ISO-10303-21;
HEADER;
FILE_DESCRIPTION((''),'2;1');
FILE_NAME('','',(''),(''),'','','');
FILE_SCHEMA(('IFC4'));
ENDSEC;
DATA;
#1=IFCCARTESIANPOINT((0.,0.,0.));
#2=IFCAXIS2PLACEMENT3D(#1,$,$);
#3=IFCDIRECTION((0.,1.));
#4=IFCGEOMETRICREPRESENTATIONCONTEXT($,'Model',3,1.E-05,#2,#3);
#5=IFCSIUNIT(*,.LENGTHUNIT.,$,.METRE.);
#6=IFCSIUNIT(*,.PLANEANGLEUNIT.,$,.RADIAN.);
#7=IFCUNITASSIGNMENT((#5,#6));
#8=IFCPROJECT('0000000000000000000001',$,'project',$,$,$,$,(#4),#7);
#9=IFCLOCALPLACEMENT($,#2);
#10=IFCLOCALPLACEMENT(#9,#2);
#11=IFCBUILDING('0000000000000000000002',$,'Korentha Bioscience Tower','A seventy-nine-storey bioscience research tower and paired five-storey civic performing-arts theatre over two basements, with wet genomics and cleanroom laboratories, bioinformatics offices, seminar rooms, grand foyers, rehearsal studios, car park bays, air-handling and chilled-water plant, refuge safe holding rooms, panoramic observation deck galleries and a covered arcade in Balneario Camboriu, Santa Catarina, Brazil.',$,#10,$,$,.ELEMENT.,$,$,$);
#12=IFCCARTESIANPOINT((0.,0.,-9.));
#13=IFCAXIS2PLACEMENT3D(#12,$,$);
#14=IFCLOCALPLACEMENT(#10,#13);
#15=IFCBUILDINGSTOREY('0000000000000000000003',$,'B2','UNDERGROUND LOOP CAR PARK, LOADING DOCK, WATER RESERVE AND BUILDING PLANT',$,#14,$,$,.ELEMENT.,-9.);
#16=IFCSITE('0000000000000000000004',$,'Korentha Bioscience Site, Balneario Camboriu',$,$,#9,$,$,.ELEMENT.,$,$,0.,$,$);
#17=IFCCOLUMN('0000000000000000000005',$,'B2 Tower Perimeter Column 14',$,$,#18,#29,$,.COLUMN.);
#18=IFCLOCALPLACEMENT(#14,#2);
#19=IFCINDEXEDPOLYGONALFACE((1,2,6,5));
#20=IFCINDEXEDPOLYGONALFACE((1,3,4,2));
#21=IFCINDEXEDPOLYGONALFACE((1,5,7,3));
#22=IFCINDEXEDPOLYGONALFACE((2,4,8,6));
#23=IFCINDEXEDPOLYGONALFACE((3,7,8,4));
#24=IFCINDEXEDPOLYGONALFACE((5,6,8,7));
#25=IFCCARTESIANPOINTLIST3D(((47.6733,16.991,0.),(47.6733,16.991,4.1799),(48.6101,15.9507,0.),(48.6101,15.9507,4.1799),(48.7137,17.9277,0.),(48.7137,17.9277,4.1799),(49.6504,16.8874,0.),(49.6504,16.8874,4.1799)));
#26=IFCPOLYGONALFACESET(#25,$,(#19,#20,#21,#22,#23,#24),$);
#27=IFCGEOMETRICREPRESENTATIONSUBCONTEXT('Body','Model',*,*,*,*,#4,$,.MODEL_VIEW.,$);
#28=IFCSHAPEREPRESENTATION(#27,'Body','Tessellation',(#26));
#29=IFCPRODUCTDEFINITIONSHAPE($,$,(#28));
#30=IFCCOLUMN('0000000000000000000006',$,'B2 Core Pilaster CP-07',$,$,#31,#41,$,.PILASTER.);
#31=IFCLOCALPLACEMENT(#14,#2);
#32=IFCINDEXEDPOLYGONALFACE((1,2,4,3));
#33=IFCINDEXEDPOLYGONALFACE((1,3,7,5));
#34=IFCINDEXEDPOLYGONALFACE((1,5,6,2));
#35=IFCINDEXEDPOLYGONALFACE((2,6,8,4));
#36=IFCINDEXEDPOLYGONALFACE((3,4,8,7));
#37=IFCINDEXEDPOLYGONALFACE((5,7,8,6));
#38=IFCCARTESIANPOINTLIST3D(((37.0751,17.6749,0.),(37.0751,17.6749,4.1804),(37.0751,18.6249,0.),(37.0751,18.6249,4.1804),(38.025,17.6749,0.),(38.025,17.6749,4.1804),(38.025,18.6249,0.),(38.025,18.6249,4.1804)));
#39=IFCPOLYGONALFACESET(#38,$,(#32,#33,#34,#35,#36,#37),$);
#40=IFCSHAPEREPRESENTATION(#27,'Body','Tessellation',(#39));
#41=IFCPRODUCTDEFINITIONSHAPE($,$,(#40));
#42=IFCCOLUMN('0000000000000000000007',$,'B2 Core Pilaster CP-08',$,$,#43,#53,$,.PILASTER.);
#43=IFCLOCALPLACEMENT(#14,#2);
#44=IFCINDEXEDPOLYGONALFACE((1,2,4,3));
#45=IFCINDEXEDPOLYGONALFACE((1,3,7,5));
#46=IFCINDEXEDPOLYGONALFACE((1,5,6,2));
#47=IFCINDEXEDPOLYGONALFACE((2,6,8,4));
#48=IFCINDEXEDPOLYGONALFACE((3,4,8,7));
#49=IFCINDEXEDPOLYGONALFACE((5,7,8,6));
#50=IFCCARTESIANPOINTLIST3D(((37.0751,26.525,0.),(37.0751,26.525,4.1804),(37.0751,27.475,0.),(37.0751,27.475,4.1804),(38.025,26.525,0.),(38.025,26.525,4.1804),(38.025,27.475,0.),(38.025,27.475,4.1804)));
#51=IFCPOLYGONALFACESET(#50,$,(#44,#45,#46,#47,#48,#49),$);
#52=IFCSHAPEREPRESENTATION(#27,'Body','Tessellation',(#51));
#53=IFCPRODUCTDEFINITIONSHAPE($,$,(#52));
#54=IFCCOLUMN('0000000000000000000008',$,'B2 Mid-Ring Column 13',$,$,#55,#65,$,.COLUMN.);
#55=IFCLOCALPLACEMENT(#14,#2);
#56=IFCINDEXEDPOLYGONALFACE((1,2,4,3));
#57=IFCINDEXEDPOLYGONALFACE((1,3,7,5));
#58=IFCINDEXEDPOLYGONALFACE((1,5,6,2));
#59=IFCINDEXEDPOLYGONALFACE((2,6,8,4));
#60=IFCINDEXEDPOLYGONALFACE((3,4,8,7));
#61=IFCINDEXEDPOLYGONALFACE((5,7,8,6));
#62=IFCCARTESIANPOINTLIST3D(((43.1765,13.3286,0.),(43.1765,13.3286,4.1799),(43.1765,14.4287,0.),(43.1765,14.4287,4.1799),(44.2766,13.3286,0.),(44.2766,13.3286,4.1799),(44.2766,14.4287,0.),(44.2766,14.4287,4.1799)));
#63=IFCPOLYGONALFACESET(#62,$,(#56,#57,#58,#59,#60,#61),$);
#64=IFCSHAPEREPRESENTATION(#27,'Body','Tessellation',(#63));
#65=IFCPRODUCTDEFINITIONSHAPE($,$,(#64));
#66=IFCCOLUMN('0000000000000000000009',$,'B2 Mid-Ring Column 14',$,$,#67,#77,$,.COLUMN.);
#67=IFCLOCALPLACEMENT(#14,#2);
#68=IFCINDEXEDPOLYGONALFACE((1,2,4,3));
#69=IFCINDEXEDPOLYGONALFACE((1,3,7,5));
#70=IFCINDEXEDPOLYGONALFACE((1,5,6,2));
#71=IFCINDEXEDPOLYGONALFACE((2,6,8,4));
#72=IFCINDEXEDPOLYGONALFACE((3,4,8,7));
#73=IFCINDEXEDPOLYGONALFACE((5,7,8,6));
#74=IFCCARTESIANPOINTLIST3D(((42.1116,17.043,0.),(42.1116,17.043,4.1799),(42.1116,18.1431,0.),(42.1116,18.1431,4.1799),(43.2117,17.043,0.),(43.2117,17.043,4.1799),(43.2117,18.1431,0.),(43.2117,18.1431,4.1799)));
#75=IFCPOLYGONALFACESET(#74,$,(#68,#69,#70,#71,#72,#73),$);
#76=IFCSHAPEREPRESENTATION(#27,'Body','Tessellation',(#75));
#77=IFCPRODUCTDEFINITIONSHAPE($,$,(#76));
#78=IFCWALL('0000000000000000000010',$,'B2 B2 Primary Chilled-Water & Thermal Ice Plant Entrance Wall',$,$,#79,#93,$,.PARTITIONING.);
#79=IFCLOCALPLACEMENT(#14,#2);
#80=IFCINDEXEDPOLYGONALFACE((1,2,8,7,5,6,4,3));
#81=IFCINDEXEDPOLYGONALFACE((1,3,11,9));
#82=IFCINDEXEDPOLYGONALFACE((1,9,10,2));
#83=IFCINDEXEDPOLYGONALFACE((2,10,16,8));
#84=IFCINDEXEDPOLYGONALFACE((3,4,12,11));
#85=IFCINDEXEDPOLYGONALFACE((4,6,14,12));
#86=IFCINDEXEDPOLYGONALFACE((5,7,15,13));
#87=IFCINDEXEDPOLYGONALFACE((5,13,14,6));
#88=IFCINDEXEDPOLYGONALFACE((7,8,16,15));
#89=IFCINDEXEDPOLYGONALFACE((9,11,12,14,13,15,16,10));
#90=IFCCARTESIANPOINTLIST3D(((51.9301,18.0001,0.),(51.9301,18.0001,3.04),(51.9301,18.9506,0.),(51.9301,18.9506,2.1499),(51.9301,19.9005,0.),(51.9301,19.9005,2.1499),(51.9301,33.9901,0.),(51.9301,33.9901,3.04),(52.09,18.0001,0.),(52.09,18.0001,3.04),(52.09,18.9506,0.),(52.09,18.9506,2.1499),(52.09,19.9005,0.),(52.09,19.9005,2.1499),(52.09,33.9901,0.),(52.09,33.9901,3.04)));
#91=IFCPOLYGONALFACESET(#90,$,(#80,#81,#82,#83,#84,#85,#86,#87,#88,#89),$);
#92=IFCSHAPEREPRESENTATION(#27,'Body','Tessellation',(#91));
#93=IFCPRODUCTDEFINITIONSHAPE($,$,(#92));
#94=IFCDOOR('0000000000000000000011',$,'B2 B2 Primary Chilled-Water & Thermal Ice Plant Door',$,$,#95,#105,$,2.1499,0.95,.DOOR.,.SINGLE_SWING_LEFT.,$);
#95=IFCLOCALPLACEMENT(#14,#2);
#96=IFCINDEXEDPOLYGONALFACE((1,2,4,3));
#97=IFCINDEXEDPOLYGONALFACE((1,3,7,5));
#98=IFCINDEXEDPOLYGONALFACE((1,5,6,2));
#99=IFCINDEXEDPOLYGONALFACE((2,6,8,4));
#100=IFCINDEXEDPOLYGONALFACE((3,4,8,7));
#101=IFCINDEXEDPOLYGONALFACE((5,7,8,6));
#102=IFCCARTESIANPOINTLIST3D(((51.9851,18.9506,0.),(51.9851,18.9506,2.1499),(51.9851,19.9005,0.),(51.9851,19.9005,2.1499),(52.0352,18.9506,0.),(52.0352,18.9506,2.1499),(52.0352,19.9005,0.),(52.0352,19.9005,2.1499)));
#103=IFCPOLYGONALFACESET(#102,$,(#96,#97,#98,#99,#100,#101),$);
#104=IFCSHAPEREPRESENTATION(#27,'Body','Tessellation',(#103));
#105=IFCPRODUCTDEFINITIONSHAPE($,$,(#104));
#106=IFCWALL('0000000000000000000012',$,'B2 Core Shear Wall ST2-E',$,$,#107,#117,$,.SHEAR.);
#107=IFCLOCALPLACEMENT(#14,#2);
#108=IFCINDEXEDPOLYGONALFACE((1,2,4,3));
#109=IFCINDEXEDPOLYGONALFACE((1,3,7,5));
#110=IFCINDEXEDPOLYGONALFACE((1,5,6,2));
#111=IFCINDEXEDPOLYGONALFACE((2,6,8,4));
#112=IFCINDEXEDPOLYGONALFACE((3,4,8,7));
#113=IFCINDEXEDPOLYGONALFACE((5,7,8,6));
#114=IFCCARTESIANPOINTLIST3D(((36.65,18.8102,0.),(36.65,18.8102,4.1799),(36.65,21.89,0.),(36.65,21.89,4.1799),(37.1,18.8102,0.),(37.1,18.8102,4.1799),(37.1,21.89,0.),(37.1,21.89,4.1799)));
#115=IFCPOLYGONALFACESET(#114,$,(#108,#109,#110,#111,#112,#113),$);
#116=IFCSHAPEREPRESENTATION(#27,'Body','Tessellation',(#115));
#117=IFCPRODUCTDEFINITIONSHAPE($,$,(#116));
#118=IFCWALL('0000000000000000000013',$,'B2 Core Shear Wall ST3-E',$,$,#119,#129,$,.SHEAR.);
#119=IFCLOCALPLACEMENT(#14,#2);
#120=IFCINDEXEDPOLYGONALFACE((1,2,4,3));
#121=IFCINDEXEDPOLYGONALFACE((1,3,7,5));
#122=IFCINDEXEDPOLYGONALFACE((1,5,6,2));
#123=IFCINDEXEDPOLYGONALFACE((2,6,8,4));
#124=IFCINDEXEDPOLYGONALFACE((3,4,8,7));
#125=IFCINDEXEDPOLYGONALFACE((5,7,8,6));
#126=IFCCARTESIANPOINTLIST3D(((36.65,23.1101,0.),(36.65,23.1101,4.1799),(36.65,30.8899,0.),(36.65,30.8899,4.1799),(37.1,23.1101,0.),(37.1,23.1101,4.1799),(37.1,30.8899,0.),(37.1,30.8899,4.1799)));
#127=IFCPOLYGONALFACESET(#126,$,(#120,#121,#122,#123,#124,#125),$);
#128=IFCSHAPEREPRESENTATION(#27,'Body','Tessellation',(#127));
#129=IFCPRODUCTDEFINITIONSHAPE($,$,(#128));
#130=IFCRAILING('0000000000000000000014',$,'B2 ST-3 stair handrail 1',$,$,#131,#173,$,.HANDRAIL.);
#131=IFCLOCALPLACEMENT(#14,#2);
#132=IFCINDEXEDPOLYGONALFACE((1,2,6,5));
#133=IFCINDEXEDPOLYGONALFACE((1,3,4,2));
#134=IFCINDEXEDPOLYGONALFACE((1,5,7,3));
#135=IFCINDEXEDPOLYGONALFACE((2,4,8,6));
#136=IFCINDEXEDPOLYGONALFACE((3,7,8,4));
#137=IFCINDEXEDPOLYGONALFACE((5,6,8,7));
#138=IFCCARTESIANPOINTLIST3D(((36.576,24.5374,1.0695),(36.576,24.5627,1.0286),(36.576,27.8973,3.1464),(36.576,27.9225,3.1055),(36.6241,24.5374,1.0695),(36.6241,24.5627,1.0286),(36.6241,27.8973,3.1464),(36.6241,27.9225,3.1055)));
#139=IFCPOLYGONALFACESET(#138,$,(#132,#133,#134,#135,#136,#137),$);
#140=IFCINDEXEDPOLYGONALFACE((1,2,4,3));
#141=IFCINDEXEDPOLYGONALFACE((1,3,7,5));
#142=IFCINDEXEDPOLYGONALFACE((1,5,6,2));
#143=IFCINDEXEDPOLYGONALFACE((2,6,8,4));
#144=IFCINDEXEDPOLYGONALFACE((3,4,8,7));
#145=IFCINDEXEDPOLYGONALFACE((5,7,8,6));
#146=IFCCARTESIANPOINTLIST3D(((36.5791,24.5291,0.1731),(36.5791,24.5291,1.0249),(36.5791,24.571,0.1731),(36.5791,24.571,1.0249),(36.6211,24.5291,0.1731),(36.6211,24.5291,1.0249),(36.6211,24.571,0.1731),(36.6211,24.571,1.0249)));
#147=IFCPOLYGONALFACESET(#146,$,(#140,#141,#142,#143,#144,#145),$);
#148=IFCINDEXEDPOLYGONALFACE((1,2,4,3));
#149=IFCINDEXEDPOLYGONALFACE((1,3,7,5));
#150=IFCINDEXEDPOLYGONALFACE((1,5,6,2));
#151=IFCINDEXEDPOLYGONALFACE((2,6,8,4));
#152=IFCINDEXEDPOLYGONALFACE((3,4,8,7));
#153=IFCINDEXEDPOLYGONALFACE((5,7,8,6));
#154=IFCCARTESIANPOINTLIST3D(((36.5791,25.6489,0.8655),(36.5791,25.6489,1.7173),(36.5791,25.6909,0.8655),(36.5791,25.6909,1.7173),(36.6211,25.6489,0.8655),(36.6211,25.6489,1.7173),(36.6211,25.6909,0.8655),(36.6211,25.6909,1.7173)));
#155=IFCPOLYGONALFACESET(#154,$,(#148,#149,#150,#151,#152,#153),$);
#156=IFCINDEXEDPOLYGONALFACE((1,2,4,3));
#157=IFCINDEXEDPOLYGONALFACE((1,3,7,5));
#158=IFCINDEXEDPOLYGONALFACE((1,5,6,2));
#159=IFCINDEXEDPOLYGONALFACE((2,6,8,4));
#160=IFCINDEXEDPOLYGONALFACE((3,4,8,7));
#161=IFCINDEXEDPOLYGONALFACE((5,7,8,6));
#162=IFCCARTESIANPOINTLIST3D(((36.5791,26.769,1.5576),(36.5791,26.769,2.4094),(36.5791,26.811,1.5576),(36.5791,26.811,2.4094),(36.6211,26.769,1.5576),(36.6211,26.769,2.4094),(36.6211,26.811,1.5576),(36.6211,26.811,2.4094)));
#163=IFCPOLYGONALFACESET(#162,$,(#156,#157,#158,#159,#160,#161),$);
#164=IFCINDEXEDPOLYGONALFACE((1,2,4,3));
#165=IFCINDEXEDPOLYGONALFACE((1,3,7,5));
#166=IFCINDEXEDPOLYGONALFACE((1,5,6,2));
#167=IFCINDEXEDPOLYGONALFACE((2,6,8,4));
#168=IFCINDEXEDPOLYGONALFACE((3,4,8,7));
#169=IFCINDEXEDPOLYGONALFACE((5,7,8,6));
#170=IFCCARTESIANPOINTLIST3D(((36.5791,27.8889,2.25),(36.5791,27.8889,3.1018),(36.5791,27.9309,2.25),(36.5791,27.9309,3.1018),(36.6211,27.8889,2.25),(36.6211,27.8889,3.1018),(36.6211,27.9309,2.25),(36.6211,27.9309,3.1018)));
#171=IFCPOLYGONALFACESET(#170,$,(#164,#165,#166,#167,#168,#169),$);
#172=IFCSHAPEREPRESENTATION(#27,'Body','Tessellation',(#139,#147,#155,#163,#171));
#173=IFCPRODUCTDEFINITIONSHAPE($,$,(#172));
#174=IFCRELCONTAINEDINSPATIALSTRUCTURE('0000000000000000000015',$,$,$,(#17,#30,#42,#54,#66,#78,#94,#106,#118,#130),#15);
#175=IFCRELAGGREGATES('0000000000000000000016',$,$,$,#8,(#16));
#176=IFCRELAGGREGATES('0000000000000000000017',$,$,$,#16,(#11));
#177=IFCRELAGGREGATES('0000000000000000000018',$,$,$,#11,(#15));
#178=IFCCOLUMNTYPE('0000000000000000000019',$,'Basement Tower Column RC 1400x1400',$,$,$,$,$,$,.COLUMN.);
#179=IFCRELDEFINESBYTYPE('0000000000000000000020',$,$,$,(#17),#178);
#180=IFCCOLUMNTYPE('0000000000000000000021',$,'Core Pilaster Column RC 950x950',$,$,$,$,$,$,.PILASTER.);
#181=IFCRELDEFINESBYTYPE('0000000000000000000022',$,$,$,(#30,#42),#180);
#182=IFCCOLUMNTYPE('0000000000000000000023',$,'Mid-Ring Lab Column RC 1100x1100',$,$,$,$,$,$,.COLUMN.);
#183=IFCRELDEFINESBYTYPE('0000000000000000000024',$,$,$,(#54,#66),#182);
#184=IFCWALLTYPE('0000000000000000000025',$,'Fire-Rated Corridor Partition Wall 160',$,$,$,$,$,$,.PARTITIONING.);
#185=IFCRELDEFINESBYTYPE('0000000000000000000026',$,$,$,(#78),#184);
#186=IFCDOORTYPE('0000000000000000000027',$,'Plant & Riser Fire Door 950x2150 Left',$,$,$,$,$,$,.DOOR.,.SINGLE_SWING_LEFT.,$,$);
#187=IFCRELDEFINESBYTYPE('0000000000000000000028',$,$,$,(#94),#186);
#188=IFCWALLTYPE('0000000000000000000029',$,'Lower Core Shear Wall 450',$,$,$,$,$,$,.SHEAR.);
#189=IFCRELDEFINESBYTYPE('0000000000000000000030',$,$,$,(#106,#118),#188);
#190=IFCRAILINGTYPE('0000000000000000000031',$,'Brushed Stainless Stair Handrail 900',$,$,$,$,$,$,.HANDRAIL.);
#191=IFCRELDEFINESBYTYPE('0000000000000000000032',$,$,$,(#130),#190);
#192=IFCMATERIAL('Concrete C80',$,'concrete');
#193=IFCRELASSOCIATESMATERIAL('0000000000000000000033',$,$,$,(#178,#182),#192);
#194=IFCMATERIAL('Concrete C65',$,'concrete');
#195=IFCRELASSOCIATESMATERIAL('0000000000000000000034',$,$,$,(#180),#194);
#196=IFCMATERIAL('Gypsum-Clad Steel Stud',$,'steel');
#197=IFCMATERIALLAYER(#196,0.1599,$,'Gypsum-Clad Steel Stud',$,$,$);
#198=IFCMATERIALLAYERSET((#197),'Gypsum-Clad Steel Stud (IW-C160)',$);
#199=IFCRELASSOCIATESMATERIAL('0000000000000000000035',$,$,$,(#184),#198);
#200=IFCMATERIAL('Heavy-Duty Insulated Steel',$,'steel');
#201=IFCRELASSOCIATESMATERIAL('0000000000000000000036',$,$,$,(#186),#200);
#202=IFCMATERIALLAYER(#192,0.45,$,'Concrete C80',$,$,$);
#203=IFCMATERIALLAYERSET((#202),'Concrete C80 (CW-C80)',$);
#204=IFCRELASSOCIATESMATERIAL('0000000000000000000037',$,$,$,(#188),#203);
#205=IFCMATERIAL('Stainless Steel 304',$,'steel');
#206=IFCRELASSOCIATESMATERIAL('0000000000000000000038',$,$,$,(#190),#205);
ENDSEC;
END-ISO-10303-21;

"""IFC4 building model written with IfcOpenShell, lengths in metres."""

from ifc_helpers import new_model, si_unit, direction, frame, frame_2d, origin, origin_2d, place, context, subcontext, project, spatial, rectangle, extrude, material, layer, layer_set, material_profile, profile_set, type_object, element, fill, save


model = new_model("IFC4")

# Units and contexts
model_context = context("Model", 3, precision=1e-05, world=origin(), true_north=direction((0.0, 1.0)))
body_context = subcontext(model_context, "Body", "Model", "MODEL_VIEW")
ifc_project = project(units=[si_unit("LENGTHUNIT", "METRE"), si_unit("PLANEANGLEUNIT", "RADIAN")], contexts=[model_context])

# Site, building, storey
site_placement = place(None, origin())
site = spatial("IfcSite", under=ifc_project, at=site_placement, Name="Korentha Bioscience Site, Balneario Camboriu", CompositionType="ELEMENT", RefElevation=0.0)
building_placement = place(site_placement, origin())
building = spatial("IfcBuilding", under=site, at=building_placement, Name="Korentha Bioscience Tower", Description="A seventy-nine-storey bioscience research tower and paired five-storey civic performing-arts theatre over two basements, with wet genomics and cleanroom laboratories, bioinformatics offices, seminar rooms, grand foyers, rehearsal studios, car park bays, air-handling and chilled-water plant, refuge safe holding rooms, panoramic observation deck galleries and a covered arcade in Balneario Camboriu, Santa Catarina, Brazil.", CompositionType="ELEMENT")
storey_placement = place(building_placement, frame((0.0, 0.0, -9.0)))
storey = spatial("IfcBuildingStorey", under=building, at=storey_placement, Name="B2", Description="UNDERGROUND LOOP CAR PARK, LOADING DOCK, WATER RESERVE AND BUILDING PLANT", CompositionType="ELEMENT", Elevation=-9.0)

# Columns
ifc_material_1 = material(Name="Concrete C65", Category="concrete")
ifc_material_2 = material(Name="Concrete C80", Category="concrete")
ifc_material_profile_1 = material_profile(ifc_material_2, rectangle(XDim=1.3999, YDim=1.3999, at=origin_2d()), Name="Concrete C80")
ifc_profile_set_1 = profile_set([ifc_material_profile_1], Name="Concrete C80 (COL-B14)")
column_type_1 = type_object("IfcColumnType", Name="Basement Tower Column RC 1400x1400", PredefinedType="COLUMN", material=ifc_profile_set_1)
column_placement = place(storey_placement, frame((48.6619, 16.9392, 0.0), z_axis=(0.0, 0.0, 1.0), x_axis=(-0.669131, 0.743145, 0.0)))
element("IfcColumn", 1, at=column_placement, inside=storey, type_object=column_type_1, Name="B2 Tower Perimeter Column 14", PredefinedType="COLUMN", context=body_context, shape_type="SweptSolid", body=[
    extrude(rectangle(XDim=1.3999, YDim=1.3999, at=origin_2d()), origin(), (0.0, 0.0, 1.0), 4.1799),
])
ifc_material_profile_2 = material_profile(ifc_material_1, rectangle(XDim=0.95, YDim=0.95, at=origin_2d()), Name="Concrete C65")
ifc_profile_set_2 = profile_set([ifc_material_profile_2], Name="Concrete C65 (COL-CP09)")
column_type_2 = type_object("IfcColumnType", Name="Core Pilaster Column RC 950x950", PredefinedType="PILASTER", material=ifc_profile_set_2)
for number, where, z_axis, x_axis, name in (
    (2, (37.55, 18.1499, 0.0), (0.0, 0.0, 1.0), (1.0, 0.0, 0.0), "B2 Core Pilaster CP-07"),
    (3, (37.55, 27.0, 0.0), (0.0, 0.0, 1.0), (1.0, 0.0, 0.0), "B2 Core Pilaster CP-08"),
):
    element("IfcColumn", number, at=place(storey_placement, frame(where, z_axis=z_axis, x_axis=x_axis)), inside=storey, type_object=column_type_2, Name=name, PredefinedType="PILASTER", context=body_context, shape_type="SweptSolid", body=[
        extrude(rectangle(XDim=0.95, YDim=0.95, at=origin_2d()), origin(), (0.0, 0.0, 1.0), 4.1804),
    ])
ifc_material_profile_3 = material_profile(ifc_material_2, rectangle(XDim=1.1001, YDim=1.1001, at=origin_2d()), Name="Concrete C80")
ifc_profile_set_3 = profile_set([ifc_material_profile_3], Name="Concrete C80 (COL-MR11)")
column_type_3 = type_object("IfcColumnType", Name="Mid-Ring Lab Column RC 1100x1100", PredefinedType="COLUMN", material=ifc_profile_set_3)
for number, where, z_axis, x_axis, name in (
    (4, (43.7266, 13.8787, 0.0), (0.0, 0.0, 1.0), (1.0, 0.0, 0.0), "B2 Mid-Ring Column 13"),
    (5, (42.6616, 17.593, 0.0), (0.0, 0.0, 1.0), (1.0, 0.0, 0.0), "B2 Mid-Ring Column 14"),
):
    element("IfcColumn", number, at=place(storey_placement, frame(where, z_axis=z_axis, x_axis=x_axis)), inside=storey, type_object=column_type_3, Name=name, PredefinedType="COLUMN", context=body_context, shape_type="SweptSolid", body=[
        extrude(rectangle(XDim=1.1001, YDim=1.1001, at=origin_2d()), origin(), (0.0, 0.0, 1.0), 4.1799),
    ])

# Wall, opening, door
ifc_material_3 = material(Name="Gypsum-Clad Steel Stud", Category="steel")
ifc_layer_1 = layer(ifc_material_3, 0.1599, Name="Gypsum-Clad Steel Stud")
ifc_layer_set_1 = layer_set([ifc_layer_1], Name="Gypsum-Clad Steel Stud (IW-C160)")
wall_type_1 = type_object("IfcWallType", Name="Fire-Rated Corridor Partition Wall 160", PredefinedType="PARTITIONING", material=ifc_layer_set_1)
wall_1_placement = place(storey_placement, frame((52.01, 18.0, 0.0), z_axis=(0.0, 0.0, 1.0), x_axis=(0.0, 1.0, 0.0)))
wall_1 = element("IfcWall", 6, at=wall_1_placement, inside=storey, type_object=wall_type_1, Name="B2 B2 Primary Chilled-Water & Thermal Ice Plant Entrance Wall", PredefinedType="PARTITIONING", context=body_context, shape_type="SweptSolid", body=[
    extrude(rectangle(XDim=15.99, YDim=0.1599, at=frame_2d((7.9951, 0.0))), origin(), (0.0, 0.0, 1.0), 3.04),
])
opening_placement = place(wall_1_placement, frame((0.9504, 0.0, 0.0)))
opening = element("IfcOpeningElement", 7, at=opening_placement, cuts=wall_1, PredefinedType="OPENING", context=body_context, shape_type="SweptSolid", body=[
    extrude(rectangle(XDim=0.95, YDim=2.1499, at=frame_2d((0.4751, 1.075))), frame((0.0, 0.0947, 0.0), z_axis=(0.0, -1.0, 0.0), x_axis=(1.0, 0.0, 0.0)), (0.0, 0.0, 1.0), 0.1897),
])
ifc_material_4 = material(Name="Heavy-Duty Insulated Steel", Category="steel")
door_type = type_object("IfcDoorType", Name="Plant & Riser Fire Door 950x2150 Left", OperationType="SINGLE_SWING_LEFT", PredefinedType="DOOR", material=ifc_material_4)
door_placement = place(opening_placement, origin())
door = element("IfcDoor", 8, at=door_placement, inside=storey, type_object=door_type, Name="B2 B2 Primary Chilled-Water & Thermal Ice Plant Door", OperationType="SINGLE_SWING_LEFT", OverallHeight=2.1499, OverallWidth=0.95, PredefinedType="DOOR", context=body_context, shape_type="SweptSolid", body=[
    extrude(rectangle(XDim=0.95, YDim=2.1499, at=frame_2d((0.4751, 1.075))), frame((0.0, 0.0249, 0.0), z_axis=(0.0, -1.0, 0.0), x_axis=(1.0, 0.0, 0.0)), (0.0, 0.0, 1.0), 0.05),
])
fill(opening, door)

# Walls
ifc_layer_2 = layer(ifc_material_2, 0.45, Name="Concrete C80")
ifc_layer_set_2 = layer_set([ifc_layer_2], Name="Concrete C80 (CW-C80)")
wall_type_2 = type_object("IfcWallType", Name="Lower Core Shear Wall 450", PredefinedType="SHEAR", material=ifc_layer_set_2)
wall_2_placement = place(storey_placement, frame((36.875, 18.8101, 0.0), z_axis=(0.0, 0.0, 1.0), x_axis=(0.0, 1.0, 0.0)))
element("IfcWall", 9, at=wall_2_placement, inside=storey, type_object=wall_type_2, Name="B2 Core Shear Wall ST2-E", PredefinedType="SHEAR", context=body_context, shape_type="SweptSolid", body=[
    extrude(rectangle(XDim=3.0798, YDim=0.45, at=frame_2d((1.54, 0.0))), origin(), (0.0, 0.0, 1.0), 4.1799),
])
wall_3_placement = place(storey_placement, frame((36.875, 23.1101, 0.0), z_axis=(0.0, 0.0, 1.0), x_axis=(0.0, 1.0, 0.0)))
element("IfcWall", 10, at=wall_3_placement, inside=storey, type_object=wall_type_2, Name="B2 Core Shear Wall ST3-E", PredefinedType="SHEAR", context=body_context, shape_type="SweptSolid", body=[
    extrude(rectangle(XDim=7.7798, YDim=0.45, at=frame_2d((3.8899, 0.0))), origin(), (0.0, 0.0, 1.0), 4.1799),
])

# Railing
ifc_material_5 = material(Name="Stainless Steel 304", Category="steel")
railing_type = type_object("IfcRailingType", Name="Brushed Stainless Stair Handrail 900", PredefinedType="HANDRAIL", material=ifc_material_5)
railing_placement = place(storey_placement, frame((36.6001, 24.55, 0.1731)))
element("IfcRailing", 11, at=railing_placement, inside=storey, type_object=railing_type, Name="B2 ST-3 stair handrail 1", PredefinedType="HANDRAIL", context=body_context, shape_type="SweptSolid", body=[
    extrude(rectangle(XDim=0.0481, YDim=0.0481, at=origin_2d()), frame((0.0, 0.0, 0.876), z_axis=(0.0, 0.850606, 0.525803), x_axis=(-1.0, 0.0, 0.0)), (0.0, 0.0, 1.0), 3.95),
    extrude(rectangle(XDim=0.042, YDim=0.042, at=origin_2d()), origin(), (0.0, 0.0, 1.0), 0.8518),
    extrude(rectangle(XDim=0.042, YDim=0.042, at=origin_2d()), frame((0.0, 1.1199, 0.6924)), (0.0, 0.0, 1.0), 0.8518),
    extrude(rectangle(XDim=0.042, YDim=0.042, at=origin_2d()), frame((0.0, 2.24, 1.3845)), (0.0, 0.0, 1.0), 0.8518),
    extrude(rectangle(XDim=0.042, YDim=0.042, at=origin_2d()), frame((0.0, 3.3599, 2.0769)), (0.0, 0.0, 1.0), 0.8518),
])

save(model, "model.ifc")
